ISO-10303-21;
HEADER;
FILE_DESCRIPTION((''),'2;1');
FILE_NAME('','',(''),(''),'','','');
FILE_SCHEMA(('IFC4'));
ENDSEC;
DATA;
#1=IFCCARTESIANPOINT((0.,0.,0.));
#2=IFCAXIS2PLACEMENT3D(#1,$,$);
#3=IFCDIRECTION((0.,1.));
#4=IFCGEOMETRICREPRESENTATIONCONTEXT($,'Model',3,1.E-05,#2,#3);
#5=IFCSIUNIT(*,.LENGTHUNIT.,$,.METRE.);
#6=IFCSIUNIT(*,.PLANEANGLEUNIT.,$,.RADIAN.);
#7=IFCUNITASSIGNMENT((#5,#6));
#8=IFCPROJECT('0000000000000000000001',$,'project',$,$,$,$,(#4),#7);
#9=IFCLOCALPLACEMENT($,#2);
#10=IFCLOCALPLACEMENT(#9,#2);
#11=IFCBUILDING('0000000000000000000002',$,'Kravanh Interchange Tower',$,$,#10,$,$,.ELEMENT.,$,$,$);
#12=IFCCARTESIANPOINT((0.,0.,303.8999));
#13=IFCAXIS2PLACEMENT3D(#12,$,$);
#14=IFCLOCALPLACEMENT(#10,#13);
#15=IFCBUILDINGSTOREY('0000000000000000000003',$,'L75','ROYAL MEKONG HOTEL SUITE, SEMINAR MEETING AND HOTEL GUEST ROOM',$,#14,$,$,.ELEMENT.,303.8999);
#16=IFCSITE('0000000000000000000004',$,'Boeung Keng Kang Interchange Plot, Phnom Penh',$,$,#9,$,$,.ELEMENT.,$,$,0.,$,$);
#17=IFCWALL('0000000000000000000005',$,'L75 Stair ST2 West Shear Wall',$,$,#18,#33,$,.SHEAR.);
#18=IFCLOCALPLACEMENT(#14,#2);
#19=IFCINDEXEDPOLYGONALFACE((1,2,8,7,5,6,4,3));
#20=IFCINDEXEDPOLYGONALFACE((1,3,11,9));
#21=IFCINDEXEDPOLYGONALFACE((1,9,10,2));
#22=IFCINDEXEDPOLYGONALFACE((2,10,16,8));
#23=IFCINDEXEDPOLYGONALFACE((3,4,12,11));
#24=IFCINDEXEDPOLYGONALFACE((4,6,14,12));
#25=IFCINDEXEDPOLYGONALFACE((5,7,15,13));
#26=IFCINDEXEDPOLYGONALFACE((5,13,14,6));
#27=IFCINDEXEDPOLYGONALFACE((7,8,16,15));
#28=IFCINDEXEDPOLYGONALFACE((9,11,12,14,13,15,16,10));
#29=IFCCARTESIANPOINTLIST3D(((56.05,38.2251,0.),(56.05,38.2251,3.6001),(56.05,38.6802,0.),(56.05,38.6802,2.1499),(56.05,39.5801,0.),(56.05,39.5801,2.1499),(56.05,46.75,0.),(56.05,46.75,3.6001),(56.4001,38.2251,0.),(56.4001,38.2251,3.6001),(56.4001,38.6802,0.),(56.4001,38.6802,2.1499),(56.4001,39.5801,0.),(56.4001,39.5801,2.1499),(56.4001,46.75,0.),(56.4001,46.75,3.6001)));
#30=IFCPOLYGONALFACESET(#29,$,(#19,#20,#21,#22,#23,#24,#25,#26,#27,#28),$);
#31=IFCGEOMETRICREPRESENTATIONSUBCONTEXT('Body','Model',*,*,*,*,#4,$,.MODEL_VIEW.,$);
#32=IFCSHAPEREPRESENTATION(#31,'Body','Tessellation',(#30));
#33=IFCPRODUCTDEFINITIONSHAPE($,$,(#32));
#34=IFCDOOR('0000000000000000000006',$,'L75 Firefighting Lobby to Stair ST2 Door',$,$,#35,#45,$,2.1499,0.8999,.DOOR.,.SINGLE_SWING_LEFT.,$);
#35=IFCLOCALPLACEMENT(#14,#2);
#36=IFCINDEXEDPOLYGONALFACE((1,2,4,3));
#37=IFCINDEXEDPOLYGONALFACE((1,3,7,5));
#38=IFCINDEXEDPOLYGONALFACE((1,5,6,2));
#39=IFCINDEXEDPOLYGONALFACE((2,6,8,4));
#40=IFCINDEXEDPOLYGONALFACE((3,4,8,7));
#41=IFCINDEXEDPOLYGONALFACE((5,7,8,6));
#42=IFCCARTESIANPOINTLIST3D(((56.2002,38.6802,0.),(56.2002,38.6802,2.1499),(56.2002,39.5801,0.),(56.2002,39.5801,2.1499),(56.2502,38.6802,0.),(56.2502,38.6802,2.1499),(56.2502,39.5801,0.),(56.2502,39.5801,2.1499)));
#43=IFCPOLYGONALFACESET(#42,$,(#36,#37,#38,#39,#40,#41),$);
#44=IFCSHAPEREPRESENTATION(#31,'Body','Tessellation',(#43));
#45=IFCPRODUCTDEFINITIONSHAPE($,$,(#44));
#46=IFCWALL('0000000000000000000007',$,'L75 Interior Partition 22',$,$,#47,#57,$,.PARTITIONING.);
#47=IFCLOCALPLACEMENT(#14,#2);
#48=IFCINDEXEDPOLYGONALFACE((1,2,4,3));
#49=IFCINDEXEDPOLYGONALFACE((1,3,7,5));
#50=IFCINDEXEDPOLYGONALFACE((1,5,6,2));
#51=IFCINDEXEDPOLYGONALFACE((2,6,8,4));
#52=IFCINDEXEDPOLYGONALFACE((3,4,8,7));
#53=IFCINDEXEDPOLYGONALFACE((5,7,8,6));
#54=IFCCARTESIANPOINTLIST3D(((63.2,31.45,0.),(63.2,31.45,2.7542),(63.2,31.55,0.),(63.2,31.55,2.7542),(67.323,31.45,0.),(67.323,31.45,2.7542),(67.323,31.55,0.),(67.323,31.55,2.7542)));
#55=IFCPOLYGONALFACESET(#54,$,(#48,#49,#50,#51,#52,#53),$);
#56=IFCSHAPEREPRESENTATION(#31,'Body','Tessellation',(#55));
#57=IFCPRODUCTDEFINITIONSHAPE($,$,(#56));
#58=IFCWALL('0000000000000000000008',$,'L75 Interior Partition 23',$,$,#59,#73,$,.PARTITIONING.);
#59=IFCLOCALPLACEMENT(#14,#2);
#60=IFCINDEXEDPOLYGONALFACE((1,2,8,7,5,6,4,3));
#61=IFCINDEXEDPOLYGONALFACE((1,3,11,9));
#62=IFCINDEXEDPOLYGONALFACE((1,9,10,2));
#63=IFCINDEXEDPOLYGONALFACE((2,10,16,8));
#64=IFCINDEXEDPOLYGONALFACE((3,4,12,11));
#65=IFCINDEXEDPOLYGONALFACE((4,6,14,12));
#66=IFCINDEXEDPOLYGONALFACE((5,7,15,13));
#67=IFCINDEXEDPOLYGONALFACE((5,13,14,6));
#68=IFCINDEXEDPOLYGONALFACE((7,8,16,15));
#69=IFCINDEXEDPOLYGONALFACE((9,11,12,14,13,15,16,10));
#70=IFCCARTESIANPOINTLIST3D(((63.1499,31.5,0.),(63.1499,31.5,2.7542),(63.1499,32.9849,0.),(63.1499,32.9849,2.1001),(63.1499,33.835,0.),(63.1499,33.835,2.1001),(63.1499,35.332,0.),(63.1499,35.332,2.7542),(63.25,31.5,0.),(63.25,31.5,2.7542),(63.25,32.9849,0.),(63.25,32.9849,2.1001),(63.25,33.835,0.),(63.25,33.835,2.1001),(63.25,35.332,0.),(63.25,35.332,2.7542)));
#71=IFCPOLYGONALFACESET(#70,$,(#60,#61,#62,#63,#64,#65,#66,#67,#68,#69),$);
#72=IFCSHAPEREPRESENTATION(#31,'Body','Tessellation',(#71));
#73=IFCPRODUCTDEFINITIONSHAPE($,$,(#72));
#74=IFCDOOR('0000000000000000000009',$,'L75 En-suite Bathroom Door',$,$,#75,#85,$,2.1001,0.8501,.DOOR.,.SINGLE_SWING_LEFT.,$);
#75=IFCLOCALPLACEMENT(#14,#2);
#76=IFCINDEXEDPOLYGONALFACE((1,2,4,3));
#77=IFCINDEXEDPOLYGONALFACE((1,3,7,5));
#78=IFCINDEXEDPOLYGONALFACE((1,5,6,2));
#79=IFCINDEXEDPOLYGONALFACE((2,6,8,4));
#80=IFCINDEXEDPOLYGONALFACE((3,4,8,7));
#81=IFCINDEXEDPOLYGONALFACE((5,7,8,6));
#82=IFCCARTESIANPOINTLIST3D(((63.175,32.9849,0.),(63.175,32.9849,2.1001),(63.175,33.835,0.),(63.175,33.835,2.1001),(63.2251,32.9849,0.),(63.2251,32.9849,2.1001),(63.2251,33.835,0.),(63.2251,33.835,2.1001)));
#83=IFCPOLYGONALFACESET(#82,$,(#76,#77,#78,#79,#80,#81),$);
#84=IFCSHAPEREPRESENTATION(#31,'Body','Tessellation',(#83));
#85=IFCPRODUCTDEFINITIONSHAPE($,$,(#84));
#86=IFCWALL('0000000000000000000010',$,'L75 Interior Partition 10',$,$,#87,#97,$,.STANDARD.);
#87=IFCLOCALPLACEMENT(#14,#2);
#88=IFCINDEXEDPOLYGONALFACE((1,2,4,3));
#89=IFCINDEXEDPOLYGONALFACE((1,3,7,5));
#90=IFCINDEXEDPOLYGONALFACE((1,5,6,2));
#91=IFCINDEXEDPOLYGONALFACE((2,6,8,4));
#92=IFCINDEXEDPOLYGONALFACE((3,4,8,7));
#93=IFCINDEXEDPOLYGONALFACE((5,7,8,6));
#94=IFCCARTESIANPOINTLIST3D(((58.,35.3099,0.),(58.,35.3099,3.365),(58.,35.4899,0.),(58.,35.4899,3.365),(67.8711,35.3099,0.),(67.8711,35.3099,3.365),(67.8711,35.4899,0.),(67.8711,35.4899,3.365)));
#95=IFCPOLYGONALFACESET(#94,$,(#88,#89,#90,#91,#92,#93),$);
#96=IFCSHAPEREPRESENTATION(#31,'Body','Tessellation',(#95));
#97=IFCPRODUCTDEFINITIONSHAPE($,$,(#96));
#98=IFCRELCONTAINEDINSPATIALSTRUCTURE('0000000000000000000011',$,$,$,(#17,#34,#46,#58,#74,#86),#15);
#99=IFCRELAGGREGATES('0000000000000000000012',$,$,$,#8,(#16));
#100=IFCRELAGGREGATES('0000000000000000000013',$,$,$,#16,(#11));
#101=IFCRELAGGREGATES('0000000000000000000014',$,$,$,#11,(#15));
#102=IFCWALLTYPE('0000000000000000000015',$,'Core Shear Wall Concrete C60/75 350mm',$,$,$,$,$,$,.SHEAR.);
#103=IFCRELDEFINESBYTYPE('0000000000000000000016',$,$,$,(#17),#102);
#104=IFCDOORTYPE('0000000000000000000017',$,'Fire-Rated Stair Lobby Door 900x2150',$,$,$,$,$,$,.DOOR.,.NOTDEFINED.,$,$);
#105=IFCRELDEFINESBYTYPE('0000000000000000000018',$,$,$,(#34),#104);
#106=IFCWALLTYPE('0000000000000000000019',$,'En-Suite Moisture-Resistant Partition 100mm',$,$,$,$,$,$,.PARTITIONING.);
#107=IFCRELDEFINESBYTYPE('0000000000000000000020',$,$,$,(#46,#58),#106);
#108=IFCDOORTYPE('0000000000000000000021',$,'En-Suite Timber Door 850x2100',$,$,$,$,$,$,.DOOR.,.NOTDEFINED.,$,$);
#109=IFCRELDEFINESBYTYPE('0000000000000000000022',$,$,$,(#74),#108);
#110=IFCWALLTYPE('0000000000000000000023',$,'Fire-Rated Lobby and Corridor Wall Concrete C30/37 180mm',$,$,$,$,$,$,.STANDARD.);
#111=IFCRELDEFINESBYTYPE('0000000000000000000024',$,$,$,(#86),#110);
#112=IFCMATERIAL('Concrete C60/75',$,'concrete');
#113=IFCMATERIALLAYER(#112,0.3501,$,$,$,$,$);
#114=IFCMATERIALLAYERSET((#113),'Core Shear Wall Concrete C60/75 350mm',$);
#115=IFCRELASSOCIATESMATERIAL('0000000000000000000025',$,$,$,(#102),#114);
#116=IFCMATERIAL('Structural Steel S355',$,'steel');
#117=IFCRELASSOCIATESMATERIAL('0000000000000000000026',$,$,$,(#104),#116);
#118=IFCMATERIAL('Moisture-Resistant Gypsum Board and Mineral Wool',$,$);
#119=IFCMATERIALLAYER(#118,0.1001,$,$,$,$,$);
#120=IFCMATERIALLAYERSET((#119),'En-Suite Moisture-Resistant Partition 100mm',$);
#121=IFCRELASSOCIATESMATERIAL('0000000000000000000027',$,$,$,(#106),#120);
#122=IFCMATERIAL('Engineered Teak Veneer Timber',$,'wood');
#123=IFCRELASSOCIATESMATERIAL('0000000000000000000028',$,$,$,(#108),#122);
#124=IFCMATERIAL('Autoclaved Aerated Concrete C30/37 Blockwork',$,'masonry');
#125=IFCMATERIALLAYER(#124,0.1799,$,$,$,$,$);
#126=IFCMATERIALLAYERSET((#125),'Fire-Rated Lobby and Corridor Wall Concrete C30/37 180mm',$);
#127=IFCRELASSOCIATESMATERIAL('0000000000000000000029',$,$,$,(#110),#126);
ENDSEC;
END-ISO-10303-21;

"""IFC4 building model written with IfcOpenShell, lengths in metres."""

from ifc_helpers import new_model, si_unit, direction, frame, frame_2d, origin, place, context, subcontext, project, spatial, rectangle, extrude, material, layer, layer_set, type_object, element, fill, save


model = new_model("IFC4")

# Units and contexts
model_context = context("Model", 3, precision=1e-05, world=origin(), true_north=direction((0.0, 1.0)))
body_context = subcontext(model_context, "Body", "Model", "MODEL_VIEW")
ifc_project = project(units=[si_unit("LENGTHUNIT", "METRE"), si_unit("PLANEANGLEUNIT", "RADIAN")], contexts=[model_context])

# Site, building, storey
site_placement = place(None, origin())
site = spatial("IfcSite", under=ifc_project, at=site_placement, Name="Boeung Keng Kang Interchange Plot, Phnom Penh", CompositionType="ELEMENT", RefElevation=0.0)
building_placement = place(site_placement, origin())
building = spatial("IfcBuilding", under=site, at=building_placement, Name="Kravanh Interchange Tower", CompositionType="ELEMENT")
storey_placement = place(building_placement, frame((0.0, 0.0, 303.8999)))
storey = spatial("IfcBuildingStorey", under=building, at=storey_placement, Name="L75", Description="ROYAL MEKONG HOTEL SUITE, SEMINAR MEETING AND HOTEL GUEST ROOM", CompositionType="ELEMENT", Elevation=303.8999)

# Shared definitions
ifc_material_1 = material(Name="Concrete C60/75", Category="concrete")
ifc_layer_1 = layer(ifc_material_1, 0.3501)
ifc_layer_set_1 = layer_set([ifc_layer_1], Name="Core Shear Wall Concrete C60/75 350mm")
wall_type_1 = type_object("IfcWallType", Name="Core Shear Wall Concrete C60/75 350mm", PredefinedType="SHEAR", material=ifc_layer_set_1)

# Wall, opening, door
wall_1_placement = place(storey_placement, frame((56.2251, 38.2251, 0.0), z_axis=(0.0, 0.0, 1.0), x_axis=(0.0, 1.0, 0.0)))
wall_1 = element("IfcWall", 1, at=wall_1_placement, inside=storey, type_object=wall_type_1, Name="L75 Stair ST2 West Shear Wall", PredefinedType="SHEAR", context=body_context, shape_type="SweptSolid", body=[
    extrude(rectangle(XDim=8.5249, YDim=0.3501, at=frame_2d((4.2625, 0.0))), origin(), (0.0, 0.0, 1.0), 3.6001),
])
opening_1_placement = place(wall_1_placement, frame((0.4551, 0.0, 0.0)))
opening_1 = element("IfcOpeningElement", 2, at=opening_1_placement, cuts=wall_1, PredefinedType="OPENING", context=body_context, shape_type="SweptSolid", body=[
    extrude(rectangle(XDim=0.8999, YDim=2.1499, at=frame_2d((0.45, 1.075))), frame((0.0, 0.1851, 0.0), z_axis=(0.0, -1.0, 0.0), x_axis=(1.0, 0.0, 0.0)), (0.0, 0.0, 1.0), 0.3701),
])
ifc_material_2 = material(Name="Structural Steel S355", Category="steel")
door_type_1 = type_object("IfcDoorType", Name="Fire-Rated Stair Lobby Door 900x2150", OperationType="NOTDEFINED", PredefinedType="DOOR", material=ifc_material_2)
door_1_placement = place(opening_1_placement, origin())
door_1 = element("IfcDoor", 3, at=door_1_placement, inside=storey, type_object=door_type_1, Name="L75 Firefighting Lobby to Stair ST2 Door", OperationType="SINGLE_SWING_LEFT", OverallHeight=2.1499, OverallWidth=0.8999, PredefinedType="DOOR", context=body_context, shape_type="SweptSolid", body=[
    extrude(rectangle(XDim=0.8999, YDim=2.1499, at=frame_2d((0.45, 1.075))), frame((0.0, 0.0249, 0.0), z_axis=(0.0, -1.0, 0.0), x_axis=(1.0, 0.0, 0.0)), (0.0, 0.0, 1.0), 0.05),
])
fill(opening_1, door_1)

# Wall
ifc_material_3 = material(Name="Moisture-Resistant Gypsum Board and Mineral Wool")
ifc_layer_2 = layer(ifc_material_3, 0.1001)
ifc_layer_set_2 = layer_set([ifc_layer_2], Name="En-Suite Moisture-Resistant Partition 100mm")
wall_type_2 = type_object("IfcWallType", Name="En-Suite Moisture-Resistant Partition 100mm", PredefinedType="PARTITIONING", material=ifc_layer_set_2)
wall_2_placement = place(storey_placement, frame((63.2, 31.5, 0.0), z_axis=(0.0, 0.0, 1.0), x_axis=(1.0, 0.0, 0.0)))
element("IfcWall", 4, at=wall_2_placement, inside=storey, type_object=wall_type_2, Name="L75 Interior Partition 22", PredefinedType="PARTITIONING", context=body_context, shape_type="SweptSolid", body=[
    extrude(rectangle(XDim=4.123, YDim=0.1001, at=frame_2d((2.0615, 0.0))), origin(), (0.0, 0.0, 1.0), 2.7542),
])

# Wall, opening, door
wall_3_placement = place(storey_placement, frame((63.2, 31.5, 0.0), z_axis=(0.0, 0.0, 1.0), x_axis=(0.0, 1.0, 0.0)))
wall_3 = element("IfcWall", 5, at=wall_3_placement, inside=storey, type_object=wall_type_2, Name="L75 Interior Partition 23", PredefinedType="PARTITIONING", context=body_context, shape_type="SweptSolid", body=[
    extrude(rectangle(XDim=3.832, YDim=0.1001, at=frame_2d((1.916, 0.0))), origin(), (0.0, 0.0, 1.0), 2.7542),
])
opening_2_placement = place(wall_3_placement, frame((1.4849, 0.0, 0.0)))
opening_2 = element("IfcOpeningElement", 6, at=opening_2_placement, cuts=wall_3, PredefinedType="OPENING", context=body_context, shape_type="SweptSolid", body=[
    extrude(rectangle(XDim=0.8501, YDim=2.1001, at=frame_2d((0.425, 1.05))), frame((0.0, 0.0601, 0.0), z_axis=(0.0, -1.0, 0.0), x_axis=(1.0, 0.0, 0.0)), (0.0, 0.0, 1.0), 0.1201),
])
ifc_material_4 = material(Name="Engineered Teak Veneer Timber", Category="wood")
door_type_2 = type_object("IfcDoorType", Name="En-Suite Timber Door 850x2100", OperationType="NOTDEFINED", PredefinedType="DOOR", material=ifc_material_4)
door_2_placement = place(opening_2_placement, origin())
door_2 = element("IfcDoor", 7, at=door_2_placement, inside=storey, type_object=door_type_2, Name="L75 En-suite Bathroom Door", OperationType="SINGLE_SWING_LEFT", OverallHeight=2.1001, OverallWidth=0.8501, PredefinedType="DOOR", context=body_context, shape_type="SweptSolid", body=[
    extrude(rectangle(XDim=0.8501, YDim=2.1001, at=frame_2d((0.425, 1.05))), frame((0.0, 0.0249, 0.0), z_axis=(0.0, -1.0, 0.0), x_axis=(1.0, 0.0, 0.0)), (0.0, 0.0, 1.0), 0.05),
])
fill(opening_2, door_2)

# Wall
ifc_material_5 = material(Name="Autoclaved Aerated Concrete C30/37 Blockwork", Category="masonry")
ifc_layer_3 = layer(ifc_material_5, 0.1799)
ifc_layer_set_3 = layer_set([ifc_layer_3], Name="Fire-Rated Lobby and Corridor Wall Concrete C30/37 180mm")
wall_type_3 = type_object("IfcWallType", Name="Fire-Rated Lobby and Corridor Wall Concrete C30/37 180mm", PredefinedType="STANDARD", material=ifc_layer_set_3)
wall_4_placement = place(storey_placement, frame((58.0, 35.3999, 0.0), z_axis=(0.0, 0.0, 1.0), x_axis=(1.0, 0.0, 0.0)))
element("IfcWall", 8, at=wall_4_placement, inside=storey, type_object=wall_type_3, Name="L75 Interior Partition 10", PredefinedType="STANDARD", context=body_context, shape_type="SweptSolid", body=[
    extrude(rectangle(XDim=9.8711, YDim=0.1799, at=frame_2d((4.9355, 0.0))), origin(), (0.0, 0.0, 1.0), 3.365),
])

save(model, "model.ifc")
